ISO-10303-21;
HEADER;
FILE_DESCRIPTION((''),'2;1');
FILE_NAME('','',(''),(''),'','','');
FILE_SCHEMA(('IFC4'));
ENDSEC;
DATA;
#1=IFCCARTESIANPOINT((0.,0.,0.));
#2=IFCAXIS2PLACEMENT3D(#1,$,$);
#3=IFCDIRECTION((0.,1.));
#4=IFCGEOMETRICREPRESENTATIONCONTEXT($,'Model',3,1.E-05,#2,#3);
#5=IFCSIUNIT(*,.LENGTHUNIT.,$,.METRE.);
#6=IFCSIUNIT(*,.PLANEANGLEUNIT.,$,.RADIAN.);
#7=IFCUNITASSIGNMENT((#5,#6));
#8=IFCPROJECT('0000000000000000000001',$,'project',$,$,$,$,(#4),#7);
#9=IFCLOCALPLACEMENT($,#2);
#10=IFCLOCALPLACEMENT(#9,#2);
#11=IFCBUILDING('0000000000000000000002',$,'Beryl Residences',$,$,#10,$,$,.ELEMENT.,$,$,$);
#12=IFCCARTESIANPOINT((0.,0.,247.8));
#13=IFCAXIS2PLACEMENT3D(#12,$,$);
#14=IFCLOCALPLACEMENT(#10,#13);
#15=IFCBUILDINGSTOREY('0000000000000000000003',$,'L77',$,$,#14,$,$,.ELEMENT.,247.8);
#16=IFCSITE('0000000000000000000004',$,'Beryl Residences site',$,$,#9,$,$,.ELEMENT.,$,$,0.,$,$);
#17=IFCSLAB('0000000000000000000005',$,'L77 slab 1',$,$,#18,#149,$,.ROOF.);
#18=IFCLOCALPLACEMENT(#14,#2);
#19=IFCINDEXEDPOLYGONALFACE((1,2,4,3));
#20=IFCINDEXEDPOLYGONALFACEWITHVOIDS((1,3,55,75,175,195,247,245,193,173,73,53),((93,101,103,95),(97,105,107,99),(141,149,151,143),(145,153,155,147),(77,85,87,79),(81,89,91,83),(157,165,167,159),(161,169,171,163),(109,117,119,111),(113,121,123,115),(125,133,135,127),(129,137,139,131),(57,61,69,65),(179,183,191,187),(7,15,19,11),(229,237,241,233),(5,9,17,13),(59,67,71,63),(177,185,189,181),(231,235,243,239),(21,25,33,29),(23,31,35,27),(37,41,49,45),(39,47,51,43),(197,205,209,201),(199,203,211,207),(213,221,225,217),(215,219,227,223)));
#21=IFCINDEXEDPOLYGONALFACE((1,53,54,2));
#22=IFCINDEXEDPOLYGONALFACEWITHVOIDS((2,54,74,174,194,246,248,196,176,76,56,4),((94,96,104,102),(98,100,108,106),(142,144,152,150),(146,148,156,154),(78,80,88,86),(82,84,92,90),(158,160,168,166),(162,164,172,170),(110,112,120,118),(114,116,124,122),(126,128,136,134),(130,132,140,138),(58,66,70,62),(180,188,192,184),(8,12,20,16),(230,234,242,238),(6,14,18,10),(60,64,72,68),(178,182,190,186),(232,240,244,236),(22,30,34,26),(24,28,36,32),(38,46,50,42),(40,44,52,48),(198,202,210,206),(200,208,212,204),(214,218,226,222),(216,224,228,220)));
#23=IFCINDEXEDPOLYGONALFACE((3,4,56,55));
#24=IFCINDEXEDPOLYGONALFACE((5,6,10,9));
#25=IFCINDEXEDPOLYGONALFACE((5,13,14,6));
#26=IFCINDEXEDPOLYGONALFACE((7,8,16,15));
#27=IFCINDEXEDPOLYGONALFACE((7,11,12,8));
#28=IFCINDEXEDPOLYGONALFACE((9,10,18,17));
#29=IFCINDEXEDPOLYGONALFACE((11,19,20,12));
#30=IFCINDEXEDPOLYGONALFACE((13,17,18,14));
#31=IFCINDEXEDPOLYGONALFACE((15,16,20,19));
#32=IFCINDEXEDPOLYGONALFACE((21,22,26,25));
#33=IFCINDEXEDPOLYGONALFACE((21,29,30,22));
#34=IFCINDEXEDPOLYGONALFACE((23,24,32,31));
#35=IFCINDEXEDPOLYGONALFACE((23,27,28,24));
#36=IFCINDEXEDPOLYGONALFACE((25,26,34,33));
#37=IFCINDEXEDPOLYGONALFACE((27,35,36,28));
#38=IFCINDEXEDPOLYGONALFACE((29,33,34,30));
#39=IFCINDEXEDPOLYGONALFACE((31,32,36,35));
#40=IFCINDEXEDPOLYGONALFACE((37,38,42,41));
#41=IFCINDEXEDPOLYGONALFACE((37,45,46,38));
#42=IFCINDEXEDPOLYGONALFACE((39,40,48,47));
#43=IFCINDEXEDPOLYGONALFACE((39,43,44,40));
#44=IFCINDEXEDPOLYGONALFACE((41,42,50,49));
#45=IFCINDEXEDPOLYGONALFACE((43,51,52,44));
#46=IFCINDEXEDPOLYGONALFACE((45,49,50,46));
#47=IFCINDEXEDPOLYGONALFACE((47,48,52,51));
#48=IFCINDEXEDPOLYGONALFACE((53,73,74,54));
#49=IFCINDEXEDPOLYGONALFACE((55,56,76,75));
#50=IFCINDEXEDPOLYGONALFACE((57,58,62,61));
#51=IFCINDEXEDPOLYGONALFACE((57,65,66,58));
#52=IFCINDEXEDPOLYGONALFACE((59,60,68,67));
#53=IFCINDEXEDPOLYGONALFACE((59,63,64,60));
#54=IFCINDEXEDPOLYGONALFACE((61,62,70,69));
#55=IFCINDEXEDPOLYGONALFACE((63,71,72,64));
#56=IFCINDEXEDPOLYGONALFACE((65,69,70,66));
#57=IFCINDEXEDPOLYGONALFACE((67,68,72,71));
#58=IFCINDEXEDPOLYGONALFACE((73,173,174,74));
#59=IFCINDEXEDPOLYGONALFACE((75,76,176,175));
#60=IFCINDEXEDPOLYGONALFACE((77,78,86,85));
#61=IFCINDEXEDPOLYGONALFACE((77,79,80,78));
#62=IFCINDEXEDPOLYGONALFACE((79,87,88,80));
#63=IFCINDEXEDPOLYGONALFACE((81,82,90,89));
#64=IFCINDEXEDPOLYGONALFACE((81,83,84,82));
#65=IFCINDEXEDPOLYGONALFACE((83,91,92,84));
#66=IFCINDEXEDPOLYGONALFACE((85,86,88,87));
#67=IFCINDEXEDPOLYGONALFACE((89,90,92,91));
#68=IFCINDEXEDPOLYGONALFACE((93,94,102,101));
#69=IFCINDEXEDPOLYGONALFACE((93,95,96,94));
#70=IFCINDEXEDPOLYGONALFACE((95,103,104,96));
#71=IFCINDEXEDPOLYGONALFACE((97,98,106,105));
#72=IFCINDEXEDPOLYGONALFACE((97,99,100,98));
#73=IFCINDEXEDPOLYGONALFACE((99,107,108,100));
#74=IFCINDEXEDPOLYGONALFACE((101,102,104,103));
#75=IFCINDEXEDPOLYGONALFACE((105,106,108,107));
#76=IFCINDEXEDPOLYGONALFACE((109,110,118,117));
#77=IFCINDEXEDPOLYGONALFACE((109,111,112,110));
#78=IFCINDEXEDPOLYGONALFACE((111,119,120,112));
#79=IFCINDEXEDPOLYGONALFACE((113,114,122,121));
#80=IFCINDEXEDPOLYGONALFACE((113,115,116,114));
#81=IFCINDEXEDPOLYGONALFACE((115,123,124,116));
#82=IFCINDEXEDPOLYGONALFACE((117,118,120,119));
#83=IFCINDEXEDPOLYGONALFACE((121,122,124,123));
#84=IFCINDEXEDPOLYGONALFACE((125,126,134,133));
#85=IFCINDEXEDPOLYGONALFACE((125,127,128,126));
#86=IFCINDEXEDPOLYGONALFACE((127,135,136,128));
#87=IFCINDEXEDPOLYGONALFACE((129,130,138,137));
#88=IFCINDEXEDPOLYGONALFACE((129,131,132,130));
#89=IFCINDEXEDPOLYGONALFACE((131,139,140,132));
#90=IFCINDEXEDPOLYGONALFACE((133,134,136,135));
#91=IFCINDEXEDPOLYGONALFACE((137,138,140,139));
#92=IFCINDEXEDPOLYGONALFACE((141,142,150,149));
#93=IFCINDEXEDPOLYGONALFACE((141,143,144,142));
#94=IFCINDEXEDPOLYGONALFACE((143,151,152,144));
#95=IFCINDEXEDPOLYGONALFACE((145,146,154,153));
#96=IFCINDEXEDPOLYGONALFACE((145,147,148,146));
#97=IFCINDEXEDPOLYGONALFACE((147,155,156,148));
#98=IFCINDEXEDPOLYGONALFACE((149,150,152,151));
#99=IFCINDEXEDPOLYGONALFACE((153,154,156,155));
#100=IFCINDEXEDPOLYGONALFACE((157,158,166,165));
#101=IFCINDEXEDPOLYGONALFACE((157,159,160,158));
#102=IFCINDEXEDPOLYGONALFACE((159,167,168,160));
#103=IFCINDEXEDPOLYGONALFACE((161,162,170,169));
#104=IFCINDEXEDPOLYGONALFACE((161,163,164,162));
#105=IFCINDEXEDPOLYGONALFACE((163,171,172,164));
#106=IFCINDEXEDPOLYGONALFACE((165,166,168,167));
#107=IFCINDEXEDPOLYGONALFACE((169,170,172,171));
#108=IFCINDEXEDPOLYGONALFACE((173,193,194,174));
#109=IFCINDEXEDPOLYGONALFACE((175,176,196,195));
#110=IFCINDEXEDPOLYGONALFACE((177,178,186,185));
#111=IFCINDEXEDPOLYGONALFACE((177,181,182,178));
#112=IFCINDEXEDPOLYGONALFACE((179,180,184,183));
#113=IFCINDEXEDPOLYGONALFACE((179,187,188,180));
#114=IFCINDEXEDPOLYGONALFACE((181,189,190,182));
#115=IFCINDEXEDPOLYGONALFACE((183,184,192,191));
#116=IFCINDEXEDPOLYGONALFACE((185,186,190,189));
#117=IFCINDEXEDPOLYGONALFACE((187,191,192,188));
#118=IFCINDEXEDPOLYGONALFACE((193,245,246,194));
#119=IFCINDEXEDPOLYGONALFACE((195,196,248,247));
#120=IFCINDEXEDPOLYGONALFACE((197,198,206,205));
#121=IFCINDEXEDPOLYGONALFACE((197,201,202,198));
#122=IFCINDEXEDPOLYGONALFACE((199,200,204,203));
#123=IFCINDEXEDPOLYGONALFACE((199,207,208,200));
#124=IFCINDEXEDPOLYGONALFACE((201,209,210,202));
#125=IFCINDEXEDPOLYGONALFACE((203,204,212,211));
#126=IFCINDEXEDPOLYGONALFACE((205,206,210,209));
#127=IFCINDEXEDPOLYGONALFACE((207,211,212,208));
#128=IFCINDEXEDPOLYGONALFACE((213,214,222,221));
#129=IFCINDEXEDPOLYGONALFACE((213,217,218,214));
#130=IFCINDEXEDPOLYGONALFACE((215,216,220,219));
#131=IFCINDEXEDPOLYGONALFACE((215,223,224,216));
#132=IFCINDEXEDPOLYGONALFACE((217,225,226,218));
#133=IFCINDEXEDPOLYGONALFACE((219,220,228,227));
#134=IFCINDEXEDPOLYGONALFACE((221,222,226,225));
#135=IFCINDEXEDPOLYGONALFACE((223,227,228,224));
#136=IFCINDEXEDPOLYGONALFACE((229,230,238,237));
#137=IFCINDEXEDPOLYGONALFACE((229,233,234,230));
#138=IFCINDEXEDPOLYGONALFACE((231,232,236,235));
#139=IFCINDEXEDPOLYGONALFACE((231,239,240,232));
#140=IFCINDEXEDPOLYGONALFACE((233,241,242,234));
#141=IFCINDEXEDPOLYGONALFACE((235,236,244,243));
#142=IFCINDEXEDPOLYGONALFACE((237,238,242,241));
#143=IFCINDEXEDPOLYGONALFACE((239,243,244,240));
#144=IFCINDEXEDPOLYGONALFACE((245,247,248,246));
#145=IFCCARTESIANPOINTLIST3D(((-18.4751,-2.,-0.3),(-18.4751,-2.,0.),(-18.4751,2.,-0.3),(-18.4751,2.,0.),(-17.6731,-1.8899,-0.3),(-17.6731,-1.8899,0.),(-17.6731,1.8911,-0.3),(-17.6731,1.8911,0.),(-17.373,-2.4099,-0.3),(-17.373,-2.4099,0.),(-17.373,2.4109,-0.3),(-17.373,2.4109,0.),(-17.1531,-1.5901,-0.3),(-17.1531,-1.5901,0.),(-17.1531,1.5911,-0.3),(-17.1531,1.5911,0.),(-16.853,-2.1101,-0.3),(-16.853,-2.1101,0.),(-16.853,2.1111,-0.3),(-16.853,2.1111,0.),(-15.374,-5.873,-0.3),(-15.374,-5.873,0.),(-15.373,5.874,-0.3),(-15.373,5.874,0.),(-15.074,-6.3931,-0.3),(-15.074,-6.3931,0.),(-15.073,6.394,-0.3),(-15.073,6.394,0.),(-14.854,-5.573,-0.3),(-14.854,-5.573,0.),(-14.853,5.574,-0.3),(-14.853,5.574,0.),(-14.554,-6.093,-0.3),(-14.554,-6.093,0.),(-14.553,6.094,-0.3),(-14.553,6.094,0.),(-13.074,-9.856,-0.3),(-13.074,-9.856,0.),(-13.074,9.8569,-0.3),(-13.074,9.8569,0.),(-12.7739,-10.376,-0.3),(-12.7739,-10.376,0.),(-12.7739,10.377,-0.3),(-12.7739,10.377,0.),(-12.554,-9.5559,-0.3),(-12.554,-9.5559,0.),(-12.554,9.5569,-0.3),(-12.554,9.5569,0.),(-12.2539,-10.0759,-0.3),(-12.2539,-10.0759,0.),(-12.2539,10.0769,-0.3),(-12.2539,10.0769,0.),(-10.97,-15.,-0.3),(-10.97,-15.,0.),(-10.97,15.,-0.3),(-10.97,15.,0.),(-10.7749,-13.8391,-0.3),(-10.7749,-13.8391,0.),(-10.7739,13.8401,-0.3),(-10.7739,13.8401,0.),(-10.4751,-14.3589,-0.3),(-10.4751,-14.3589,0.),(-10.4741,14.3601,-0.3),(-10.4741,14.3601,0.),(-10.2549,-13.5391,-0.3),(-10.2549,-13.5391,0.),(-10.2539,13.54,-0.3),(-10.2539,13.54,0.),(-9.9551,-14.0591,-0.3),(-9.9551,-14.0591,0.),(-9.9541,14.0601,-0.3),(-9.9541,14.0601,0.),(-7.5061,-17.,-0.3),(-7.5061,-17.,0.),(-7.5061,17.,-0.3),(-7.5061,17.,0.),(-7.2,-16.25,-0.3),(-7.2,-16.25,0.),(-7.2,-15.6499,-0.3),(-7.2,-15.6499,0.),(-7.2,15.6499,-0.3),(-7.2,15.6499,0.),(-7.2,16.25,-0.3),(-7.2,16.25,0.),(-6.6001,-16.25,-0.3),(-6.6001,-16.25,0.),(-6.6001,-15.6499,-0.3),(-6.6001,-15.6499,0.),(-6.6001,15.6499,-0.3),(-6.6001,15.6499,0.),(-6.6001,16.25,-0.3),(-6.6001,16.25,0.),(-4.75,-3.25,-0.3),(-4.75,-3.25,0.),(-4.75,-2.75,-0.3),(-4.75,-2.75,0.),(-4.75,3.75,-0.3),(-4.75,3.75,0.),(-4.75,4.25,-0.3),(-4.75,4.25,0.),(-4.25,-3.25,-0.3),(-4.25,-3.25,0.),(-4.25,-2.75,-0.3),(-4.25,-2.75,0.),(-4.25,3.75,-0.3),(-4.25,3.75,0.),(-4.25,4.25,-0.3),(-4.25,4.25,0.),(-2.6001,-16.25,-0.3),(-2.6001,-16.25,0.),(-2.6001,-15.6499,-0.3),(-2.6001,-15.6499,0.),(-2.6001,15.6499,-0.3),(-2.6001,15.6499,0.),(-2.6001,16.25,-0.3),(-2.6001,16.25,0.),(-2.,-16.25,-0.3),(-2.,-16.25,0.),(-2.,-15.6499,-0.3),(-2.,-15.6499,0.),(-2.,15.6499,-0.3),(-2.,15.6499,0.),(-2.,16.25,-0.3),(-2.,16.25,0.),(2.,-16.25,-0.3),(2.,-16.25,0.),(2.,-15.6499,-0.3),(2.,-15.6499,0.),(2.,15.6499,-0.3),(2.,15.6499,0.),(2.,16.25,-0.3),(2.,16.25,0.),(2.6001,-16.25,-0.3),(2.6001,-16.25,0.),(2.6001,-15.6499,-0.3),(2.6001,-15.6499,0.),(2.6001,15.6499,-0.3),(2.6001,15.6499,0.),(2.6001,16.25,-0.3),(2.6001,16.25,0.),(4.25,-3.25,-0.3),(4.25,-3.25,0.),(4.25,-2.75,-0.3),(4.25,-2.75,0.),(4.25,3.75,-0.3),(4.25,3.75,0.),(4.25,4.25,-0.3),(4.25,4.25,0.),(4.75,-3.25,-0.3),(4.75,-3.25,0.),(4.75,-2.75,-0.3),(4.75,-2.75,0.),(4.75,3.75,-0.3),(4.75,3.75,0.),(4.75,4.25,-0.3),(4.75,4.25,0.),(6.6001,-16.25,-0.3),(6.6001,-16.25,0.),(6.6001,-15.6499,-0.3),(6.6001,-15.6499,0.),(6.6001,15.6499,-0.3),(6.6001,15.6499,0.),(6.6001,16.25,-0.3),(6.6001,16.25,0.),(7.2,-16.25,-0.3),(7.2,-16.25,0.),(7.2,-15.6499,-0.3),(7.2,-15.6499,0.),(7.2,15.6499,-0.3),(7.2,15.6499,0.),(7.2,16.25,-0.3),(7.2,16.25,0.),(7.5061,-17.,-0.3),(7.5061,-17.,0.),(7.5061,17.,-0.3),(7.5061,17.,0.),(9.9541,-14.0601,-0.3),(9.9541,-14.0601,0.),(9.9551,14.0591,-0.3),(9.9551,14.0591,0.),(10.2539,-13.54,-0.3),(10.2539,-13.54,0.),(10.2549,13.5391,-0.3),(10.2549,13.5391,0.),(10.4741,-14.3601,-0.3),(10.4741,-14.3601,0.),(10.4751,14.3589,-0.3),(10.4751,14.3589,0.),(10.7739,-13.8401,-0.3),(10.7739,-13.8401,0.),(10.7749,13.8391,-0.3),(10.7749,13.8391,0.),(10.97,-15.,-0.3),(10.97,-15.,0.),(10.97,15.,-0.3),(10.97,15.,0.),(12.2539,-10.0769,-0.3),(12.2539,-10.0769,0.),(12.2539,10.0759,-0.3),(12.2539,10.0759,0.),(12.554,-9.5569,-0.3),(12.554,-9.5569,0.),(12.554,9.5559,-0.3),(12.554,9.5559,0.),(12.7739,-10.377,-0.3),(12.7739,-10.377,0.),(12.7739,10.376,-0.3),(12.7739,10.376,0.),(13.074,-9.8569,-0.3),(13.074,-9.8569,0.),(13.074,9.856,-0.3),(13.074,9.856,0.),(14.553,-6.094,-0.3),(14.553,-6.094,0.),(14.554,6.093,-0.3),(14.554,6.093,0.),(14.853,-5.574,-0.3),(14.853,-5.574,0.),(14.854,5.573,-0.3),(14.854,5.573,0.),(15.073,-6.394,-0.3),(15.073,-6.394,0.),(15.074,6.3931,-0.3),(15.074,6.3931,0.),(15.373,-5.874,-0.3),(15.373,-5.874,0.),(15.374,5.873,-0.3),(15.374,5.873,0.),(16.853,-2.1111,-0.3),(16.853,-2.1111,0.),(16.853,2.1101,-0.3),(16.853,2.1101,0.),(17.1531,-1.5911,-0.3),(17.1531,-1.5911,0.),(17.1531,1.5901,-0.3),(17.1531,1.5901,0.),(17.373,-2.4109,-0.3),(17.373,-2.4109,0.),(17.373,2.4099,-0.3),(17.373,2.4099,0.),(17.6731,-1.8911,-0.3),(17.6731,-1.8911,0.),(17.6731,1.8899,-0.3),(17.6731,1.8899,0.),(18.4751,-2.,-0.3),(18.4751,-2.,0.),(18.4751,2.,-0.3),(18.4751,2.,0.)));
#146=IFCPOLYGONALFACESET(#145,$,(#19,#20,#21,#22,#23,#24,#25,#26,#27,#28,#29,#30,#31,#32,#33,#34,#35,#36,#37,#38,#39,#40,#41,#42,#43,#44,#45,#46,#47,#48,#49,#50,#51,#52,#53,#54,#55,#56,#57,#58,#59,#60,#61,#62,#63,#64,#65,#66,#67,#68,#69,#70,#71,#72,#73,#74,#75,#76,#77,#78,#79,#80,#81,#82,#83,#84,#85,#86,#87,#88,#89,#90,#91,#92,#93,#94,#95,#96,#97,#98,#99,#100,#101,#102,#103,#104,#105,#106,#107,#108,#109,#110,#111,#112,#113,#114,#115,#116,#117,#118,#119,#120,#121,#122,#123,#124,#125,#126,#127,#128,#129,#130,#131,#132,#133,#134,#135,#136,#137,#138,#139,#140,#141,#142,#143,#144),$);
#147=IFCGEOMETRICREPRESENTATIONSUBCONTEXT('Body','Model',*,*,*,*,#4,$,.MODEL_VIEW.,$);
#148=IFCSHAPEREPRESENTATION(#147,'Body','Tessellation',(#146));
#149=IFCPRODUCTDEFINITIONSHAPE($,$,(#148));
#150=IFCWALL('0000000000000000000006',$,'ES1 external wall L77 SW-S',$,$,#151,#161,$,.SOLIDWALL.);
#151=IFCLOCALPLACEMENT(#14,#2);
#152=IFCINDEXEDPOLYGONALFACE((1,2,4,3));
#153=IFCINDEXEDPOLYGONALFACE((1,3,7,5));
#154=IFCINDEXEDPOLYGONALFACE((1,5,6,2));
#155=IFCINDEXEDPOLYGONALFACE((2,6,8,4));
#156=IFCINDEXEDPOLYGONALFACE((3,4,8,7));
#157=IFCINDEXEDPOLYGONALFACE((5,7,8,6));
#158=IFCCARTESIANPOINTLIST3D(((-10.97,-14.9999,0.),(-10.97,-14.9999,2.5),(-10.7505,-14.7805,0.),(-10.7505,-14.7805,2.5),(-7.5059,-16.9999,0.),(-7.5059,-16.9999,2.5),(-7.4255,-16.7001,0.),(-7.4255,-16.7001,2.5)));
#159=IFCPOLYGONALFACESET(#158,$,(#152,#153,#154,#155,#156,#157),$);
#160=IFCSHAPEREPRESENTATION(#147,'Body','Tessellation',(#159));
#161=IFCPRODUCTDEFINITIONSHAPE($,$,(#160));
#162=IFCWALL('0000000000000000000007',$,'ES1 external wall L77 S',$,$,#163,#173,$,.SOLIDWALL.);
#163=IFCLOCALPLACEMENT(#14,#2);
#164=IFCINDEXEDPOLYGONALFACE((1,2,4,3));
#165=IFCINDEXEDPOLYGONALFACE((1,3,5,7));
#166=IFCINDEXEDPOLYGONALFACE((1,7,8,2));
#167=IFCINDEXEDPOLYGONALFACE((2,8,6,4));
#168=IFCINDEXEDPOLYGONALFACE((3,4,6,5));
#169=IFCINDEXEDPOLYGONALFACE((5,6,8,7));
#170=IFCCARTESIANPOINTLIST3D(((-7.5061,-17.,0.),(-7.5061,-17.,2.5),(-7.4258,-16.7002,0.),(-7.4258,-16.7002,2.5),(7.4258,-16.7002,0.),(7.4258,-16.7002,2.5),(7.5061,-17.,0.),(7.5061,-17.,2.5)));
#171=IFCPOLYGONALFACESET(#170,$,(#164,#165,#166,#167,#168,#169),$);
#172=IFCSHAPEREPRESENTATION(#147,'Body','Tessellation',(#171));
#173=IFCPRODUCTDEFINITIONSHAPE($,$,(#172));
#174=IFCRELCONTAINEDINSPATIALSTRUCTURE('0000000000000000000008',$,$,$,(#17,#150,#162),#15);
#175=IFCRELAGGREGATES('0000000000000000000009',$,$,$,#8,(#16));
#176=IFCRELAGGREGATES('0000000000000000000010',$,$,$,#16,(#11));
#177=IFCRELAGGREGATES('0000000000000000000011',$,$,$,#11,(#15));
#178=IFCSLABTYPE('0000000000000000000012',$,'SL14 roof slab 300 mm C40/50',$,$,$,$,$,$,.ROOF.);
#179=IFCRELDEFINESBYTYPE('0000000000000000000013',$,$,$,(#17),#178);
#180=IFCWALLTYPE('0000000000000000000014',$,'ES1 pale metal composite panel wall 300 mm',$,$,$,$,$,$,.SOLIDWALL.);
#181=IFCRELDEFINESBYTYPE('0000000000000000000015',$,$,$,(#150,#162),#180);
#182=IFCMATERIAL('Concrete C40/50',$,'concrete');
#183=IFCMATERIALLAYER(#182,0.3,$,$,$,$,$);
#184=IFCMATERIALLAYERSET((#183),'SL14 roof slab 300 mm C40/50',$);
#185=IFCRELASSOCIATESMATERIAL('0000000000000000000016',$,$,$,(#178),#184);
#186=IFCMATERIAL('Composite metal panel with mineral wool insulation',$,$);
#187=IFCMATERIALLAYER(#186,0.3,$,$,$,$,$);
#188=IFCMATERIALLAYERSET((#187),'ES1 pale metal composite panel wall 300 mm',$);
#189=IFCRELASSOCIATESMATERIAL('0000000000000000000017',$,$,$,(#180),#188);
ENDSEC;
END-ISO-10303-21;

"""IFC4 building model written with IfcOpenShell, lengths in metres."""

from ifc_helpers import new_model, si_unit, direction, frame, origin, place, context, subcontext, project, spatial, polyline, outline, extrude, material, layer, layer_set, type_object, element, save


model = new_model("IFC4")

# Units and contexts
model_context = context("Model", 3, precision=1e-05, world=origin(), true_north=direction((0.0, 1.0)))
body_context = subcontext(model_context, "Body", "Model", "MODEL_VIEW")
ifc_project = project(units=[si_unit("LENGTHUNIT", "METRE"), si_unit("PLANEANGLEUNIT", "RADIAN")], contexts=[model_context])

# Site, building, storey
site_placement = place(None, origin())
site = spatial("IfcSite", under=ifc_project, at=site_placement, Name="Beryl Residences site", CompositionType="ELEMENT", RefElevation=0.0)
building_placement = place(site_placement, origin())
building = spatial("IfcBuilding", under=site, at=building_placement, Name="Beryl Residences", CompositionType="ELEMENT")
storey_placement = place(building_placement, frame((0.0, 0.0, 247.8)))
storey = spatial("IfcBuildingStorey", under=building, at=storey_placement, Name="L77", CompositionType="ELEMENT", Elevation=247.8)

# Slab
ifc_material_1 = material(Name="Concrete C40/50", Category="concrete")
ifc_layer_1 = layer(ifc_material_1, 0.3)
ifc_layer_set_1 = layer_set([ifc_layer_1], Name="SL14 roof slab 300 mm C40/50")
slab_type = type_object("IfcSlabType", Name="SL14 roof slab 300 mm C40/50", PredefinedType="ROOF", material=ifc_layer_set_1)
slab_placement = place(storey_placement, frame((0.0, 0.0, -0.3)))
element("IfcSlab", 1, at=slab_placement, inside=storey, type_object=slab_type, Name="L77 slab 1", PredefinedType="ROOF", context=body_context, shape_type="SweptSolid", body=[
    extrude(outline(polyline([(18.4751, 2.0), (18.4751, -2.0), (10.97, -15.0), (7.5061, -17.0), (-7.5061, -17.0), (-10.97, -15.0), (-18.4751, -2.0), (-18.4751, 2.0), (-10.97, 15.0), (-7.5061, 17.0), (7.5061, 17.0), (10.97, 15.0), (18.4751, 2.0)]), holes=[polyline([(17.6731, 1.8899), (17.373, 2.4099), (16.853, 2.1101), (17.1531, 1.5901), (17.6731, 1.8899)]), polyline([(17.1531, -1.5911), (16.853, -2.1111), (17.373, -2.4109), (17.6731, -1.8911), (17.1531, -1.5911)]), polyline([(14.554, 6.093), (14.854, 5.573), (15.374, 5.873), (15.074, 6.3931), (14.554, 6.093)]), polyline([(14.853, -5.574), (14.553, -6.094), (15.073, -6.394), (15.373, -5.874), (14.853, -5.574)]), polyline([(12.554, -9.5569), (12.2539, -10.0769), (12.7739, -10.377), (13.074, -9.8569), (12.554, -9.5569)]), polyline([(12.2539, 10.0759), (12.554, 9.5559), (13.074, 9.856), (12.7739, 10.376), (12.2539, 10.0759)]), polyline([(9.9551, 14.0591), (10.2549, 13.5391), (10.7749, 13.8391), (10.4751, 14.3589), (9.9551, 14.0591)]), polyline([(10.2539, -13.54), (9.9541, -14.0601), (10.4741, -14.3601), (10.7739, -13.8401), (10.2539, -13.54)]), polyline([(7.2, -15.6499), (6.6001, -15.6499), (6.6001, -16.25), (7.2, -16.25), (7.2, -15.6499)]), polyline([(6.6001, 15.6499), (7.2, 15.6499), (7.2, 16.25), (6.6001, 16.25), (6.6001, 15.6499)]), polyline([(4.75, 4.25), (4.25, 4.25), (4.25, 3.75), (4.75, 3.75), (4.75, 4.25)]), polyline([(4.75, -2.75), (4.25, -2.75), (4.25, -3.25), (4.75, -3.25), (4.75, -2.75)]), polyline([(2.0, -16.25), (2.6001, -16.25), (2.6001, -15.6499), (2.0, -15.6499), (2.0, -16.25)]), polyline([(2.0, 15.6499), (2.6001, 15.6499), (2.6001, 16.25), (2.0, 16.25), (2.0, 15.6499)]), polyline([(-2.0, -15.6499), (-2.6001, -15.6499), (-2.6001, -16.25), (-2.0, -16.25), (-2.0, -15.6499)]), polyline([(-2.6001, 15.6499), (-2.0, 15.6499), (-2.0, 16.25), (-2.6001, 16.25), (-2.6001, 15.6499)]), polyline([(-4.25, 4.25), (-4.75, 4.25), (-4.75, 3.75), (-4.25, 3.75), (-4.25, 4.25)]), polyline([(-4.25, -2.75), (-4.75, -2.75), (-4.75, -3.25), (-4.25, -3.25), (-4.25, -2.75)]), polyline([(-7.2, 15.6499), (-6.6001, 15.6499), (-6.6001, 16.25), (-7.2, 16.25), (-7.2, 15.6499)]), polyline([(-7.2, -16.25), (-6.6001, -16.25), (-6.6001, -15.6499), (-7.2, -15.6499), (-7.2, -16.25)]), polyline([(-10.2539, 13.54), (-9.9541, 14.0601), (-10.4741, 14.3601), (-10.7739, 13.8401), (-10.2539, 13.54)]), polyline([(-9.9551, -14.0591), (-10.2549, -13.5391), (-10.7749, -13.8391), (-10.4751, -14.3589), (-9.9551, -14.0591)]), polyline([(-12.2539, -10.0759), (-12.554, -9.5559), (-13.074, -9.856), (-12.7739, -10.376), (-12.2539, -10.0759)]), polyline([(-12.554, 9.5569), (-12.2539, 10.0769), (-12.7739, 10.377), (-13.074, 9.8569), (-12.554, 9.5569)]), polyline([(-14.853, 5.574), (-14.553, 6.094), (-15.073, 6.394), (-15.373, 5.874), (-14.853, 5.574)]), polyline([(-14.554, -6.093), (-14.854, -5.573), (-15.374, -5.873), (-15.074, -6.3931), (-14.554, -6.093)]), polyline([(-17.373, 2.4109), (-17.6731, 1.8911), (-17.1531, 1.5911), (-16.853, 2.1111), (-17.373, 2.4109)]), polyline([(-16.853, -2.1101), (-17.1531, -1.5901), (-17.6731, -1.8899), (-17.373, -2.4099), (-16.853, -2.1101)])]), origin(), (0.0, 0.0, 1.0), 0.3),
])

# Walls
ifc_material_2 = material(Name="Composite metal panel with mineral wool insulation")
ifc_layer_2 = layer(ifc_material_2, 0.3)
ifc_layer_set_2 = layer_set([ifc_layer_2], Name="ES1 pale metal composite panel wall 300 mm")
wall_type = type_object("IfcWallType", Name="ES1 pale metal composite panel wall 300 mm", PredefinedType="SOLIDWALL", material=ifc_layer_set_2)
wall_1_placement = place(storey_placement, frame((-10.895, -14.8701, 0.0), z_axis=(0.0, 0.0, 1.0), x_axis=(0.866026, -0.499999, 0.0)))
element("IfcWall", 2, at=wall_1_placement, inside=storey, type_object=wall_type, Name="ES1 external wall L77 SW-S", PredefinedType="SOLIDWALL", context=body_context, shape_type="SweptSolid", body=[
    extrude(outline(polyline([(0.0, -0.1499), (4.0, -0.1499), (3.9197, 0.1499), (0.0803, 0.1499), (0.0, -0.1499)])), origin(), (0.0, 0.0, 1.0), 2.5),
])
wall_2_placement = place(storey_placement, frame((-7.5061, -16.8501, 0.0), z_axis=(0.0, 0.0, 1.0), x_axis=(1.0, 0.0, 0.0)))
element("IfcWall", 3, at=wall_2_placement, inside=storey, type_object=wall_type, Name="ES1 external wall L77 S", PredefinedType="SOLIDWALL", context=body_context, shape_type="SweptSolid", body=[
    extrude(outline(polyline([(0.0, -0.1499), (15.0122, -0.1499), (14.9319, 0.1499), (0.0803, 0.1499), (0.0, -0.1499)])), origin(), (0.0, 0.0, 1.0), 2.5),
])

save(model, "model.ifc")
